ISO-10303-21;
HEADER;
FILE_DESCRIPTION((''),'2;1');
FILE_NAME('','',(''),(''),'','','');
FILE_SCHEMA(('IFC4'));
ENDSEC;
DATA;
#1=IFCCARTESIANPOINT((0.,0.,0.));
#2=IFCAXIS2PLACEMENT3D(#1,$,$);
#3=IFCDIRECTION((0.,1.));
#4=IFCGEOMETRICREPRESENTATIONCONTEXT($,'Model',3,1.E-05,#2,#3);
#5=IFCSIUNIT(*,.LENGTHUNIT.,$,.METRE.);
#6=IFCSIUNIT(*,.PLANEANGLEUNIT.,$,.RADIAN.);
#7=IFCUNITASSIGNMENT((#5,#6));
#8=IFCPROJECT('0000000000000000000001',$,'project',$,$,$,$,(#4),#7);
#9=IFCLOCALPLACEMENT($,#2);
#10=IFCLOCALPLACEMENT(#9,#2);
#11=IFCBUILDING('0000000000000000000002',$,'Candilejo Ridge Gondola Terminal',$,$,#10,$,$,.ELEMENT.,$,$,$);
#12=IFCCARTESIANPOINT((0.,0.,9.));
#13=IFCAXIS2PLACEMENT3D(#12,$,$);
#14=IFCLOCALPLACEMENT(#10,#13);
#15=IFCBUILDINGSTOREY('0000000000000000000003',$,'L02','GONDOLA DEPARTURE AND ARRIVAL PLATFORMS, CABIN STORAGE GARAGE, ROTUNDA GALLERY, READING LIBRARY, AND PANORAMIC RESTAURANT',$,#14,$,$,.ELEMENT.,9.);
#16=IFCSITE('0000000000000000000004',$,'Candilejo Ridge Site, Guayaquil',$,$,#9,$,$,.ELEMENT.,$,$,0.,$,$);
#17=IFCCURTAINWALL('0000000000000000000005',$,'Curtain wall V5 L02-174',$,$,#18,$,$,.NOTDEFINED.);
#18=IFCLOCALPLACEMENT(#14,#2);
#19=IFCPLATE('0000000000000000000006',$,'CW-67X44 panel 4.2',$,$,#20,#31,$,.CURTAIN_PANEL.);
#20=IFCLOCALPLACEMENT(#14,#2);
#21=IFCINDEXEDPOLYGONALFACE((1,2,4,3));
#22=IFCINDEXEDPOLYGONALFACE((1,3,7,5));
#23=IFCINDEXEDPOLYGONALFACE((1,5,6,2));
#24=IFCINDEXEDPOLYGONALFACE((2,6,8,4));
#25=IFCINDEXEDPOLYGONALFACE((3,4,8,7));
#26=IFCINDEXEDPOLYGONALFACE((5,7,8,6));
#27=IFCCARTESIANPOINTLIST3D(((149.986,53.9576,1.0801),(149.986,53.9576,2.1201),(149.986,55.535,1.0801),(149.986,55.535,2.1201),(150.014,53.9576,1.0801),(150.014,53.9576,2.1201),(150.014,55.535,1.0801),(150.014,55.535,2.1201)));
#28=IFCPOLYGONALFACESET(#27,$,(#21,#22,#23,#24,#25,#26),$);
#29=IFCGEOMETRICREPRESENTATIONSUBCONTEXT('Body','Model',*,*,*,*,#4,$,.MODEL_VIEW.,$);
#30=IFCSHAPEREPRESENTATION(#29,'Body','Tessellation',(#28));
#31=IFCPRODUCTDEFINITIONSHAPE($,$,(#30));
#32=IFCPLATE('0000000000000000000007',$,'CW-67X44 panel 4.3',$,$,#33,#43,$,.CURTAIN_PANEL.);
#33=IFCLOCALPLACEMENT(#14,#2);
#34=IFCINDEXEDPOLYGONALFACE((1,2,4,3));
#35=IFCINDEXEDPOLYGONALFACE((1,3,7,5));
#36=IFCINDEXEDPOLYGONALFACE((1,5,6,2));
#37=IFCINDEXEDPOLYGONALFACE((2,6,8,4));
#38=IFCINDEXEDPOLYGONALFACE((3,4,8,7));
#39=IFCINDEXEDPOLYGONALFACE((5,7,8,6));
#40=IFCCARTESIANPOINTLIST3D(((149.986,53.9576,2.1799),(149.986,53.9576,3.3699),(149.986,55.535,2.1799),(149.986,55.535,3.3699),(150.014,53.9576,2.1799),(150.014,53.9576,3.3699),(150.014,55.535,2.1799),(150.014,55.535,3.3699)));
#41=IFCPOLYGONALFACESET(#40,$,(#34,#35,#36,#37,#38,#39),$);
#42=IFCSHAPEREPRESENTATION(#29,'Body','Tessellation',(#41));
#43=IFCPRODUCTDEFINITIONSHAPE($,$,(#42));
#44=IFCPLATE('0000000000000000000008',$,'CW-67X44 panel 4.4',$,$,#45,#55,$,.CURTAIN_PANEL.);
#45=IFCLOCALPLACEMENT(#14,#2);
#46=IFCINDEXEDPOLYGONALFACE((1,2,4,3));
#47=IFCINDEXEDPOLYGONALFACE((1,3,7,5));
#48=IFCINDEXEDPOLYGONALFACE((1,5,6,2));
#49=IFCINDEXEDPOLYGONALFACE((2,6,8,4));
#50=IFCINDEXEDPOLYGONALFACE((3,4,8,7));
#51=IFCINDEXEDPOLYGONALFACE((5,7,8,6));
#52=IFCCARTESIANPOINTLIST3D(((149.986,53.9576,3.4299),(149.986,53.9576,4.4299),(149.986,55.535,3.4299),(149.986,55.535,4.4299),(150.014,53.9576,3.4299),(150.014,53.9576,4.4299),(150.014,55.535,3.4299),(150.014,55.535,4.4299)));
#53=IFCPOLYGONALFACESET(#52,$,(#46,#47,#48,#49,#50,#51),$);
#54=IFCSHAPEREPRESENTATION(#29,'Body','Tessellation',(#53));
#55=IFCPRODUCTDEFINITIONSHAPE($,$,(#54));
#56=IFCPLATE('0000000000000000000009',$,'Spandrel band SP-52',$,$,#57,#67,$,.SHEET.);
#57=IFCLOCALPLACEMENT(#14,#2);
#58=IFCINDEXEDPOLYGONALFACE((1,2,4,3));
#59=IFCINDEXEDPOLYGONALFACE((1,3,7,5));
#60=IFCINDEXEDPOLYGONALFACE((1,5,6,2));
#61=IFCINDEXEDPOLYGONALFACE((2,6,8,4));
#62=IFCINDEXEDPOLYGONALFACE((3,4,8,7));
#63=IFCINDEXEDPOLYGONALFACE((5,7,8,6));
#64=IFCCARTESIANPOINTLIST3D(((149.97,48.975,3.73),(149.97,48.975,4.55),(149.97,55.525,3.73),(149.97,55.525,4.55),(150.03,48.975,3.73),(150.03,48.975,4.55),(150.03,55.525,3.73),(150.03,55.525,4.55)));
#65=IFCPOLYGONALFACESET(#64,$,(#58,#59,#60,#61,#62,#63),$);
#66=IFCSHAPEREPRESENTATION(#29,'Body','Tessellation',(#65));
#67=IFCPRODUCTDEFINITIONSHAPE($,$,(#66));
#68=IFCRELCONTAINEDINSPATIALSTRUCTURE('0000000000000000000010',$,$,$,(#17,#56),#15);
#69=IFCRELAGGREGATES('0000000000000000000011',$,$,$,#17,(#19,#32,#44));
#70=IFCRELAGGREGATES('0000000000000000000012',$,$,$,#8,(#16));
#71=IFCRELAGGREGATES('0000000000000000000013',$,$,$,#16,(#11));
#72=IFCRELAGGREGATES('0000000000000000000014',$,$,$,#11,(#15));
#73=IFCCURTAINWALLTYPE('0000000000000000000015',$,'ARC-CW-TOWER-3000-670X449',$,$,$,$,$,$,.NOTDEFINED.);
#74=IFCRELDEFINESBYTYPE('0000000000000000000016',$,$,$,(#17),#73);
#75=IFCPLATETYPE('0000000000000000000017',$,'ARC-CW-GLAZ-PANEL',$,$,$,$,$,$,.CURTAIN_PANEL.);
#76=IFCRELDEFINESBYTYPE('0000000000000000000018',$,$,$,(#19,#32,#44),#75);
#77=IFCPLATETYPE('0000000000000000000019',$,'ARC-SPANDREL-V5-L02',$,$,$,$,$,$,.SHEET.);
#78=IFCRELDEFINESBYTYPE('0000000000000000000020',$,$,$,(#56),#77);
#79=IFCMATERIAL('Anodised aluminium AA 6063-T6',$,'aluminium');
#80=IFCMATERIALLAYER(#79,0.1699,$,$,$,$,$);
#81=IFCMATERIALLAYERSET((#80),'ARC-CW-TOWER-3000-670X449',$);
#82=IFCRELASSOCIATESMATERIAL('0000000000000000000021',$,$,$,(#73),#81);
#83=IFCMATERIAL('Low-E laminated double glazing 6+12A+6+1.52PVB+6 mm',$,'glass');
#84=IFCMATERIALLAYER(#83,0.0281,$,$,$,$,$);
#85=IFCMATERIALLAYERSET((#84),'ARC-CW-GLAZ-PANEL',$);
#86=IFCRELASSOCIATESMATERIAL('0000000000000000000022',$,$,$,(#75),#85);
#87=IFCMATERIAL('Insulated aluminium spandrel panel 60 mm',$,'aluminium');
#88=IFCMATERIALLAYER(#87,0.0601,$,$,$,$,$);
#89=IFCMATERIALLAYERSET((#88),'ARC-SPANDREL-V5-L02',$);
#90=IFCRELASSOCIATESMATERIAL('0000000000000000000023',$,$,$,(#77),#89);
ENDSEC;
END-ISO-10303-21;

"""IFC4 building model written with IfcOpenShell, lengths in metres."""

from ifc_helpers import new_model, si_unit, direction, frame, origin, origin_2d, place, context, subcontext, project, spatial, rectangle, extrude, material, layer, layer_set, type_object, element, aggregate, save


model = new_model("IFC4")

# Units and contexts
model_context = context("Model", 3, precision=1e-05, world=origin(), true_north=direction((0.0, 1.0)))
body_context = subcontext(model_context, "Body", "Model", "MODEL_VIEW")
ifc_project = project(units=[si_unit("LENGTHUNIT", "METRE"), si_unit("PLANEANGLEUNIT", "RADIAN")], contexts=[model_context])

# Site, building, storey
site_placement = place(None, origin())
site = spatial("IfcSite", under=ifc_project, at=site_placement, Name="Candilejo Ridge Site, Guayaquil", CompositionType="ELEMENT", RefElevation=0.0)
building_placement = place(site_placement, origin())
building = spatial("IfcBuilding", under=site, at=building_placement, Name="Candilejo Ridge Gondola Terminal", CompositionType="ELEMENT")
storey_placement = place(building_placement, frame((0.0, 0.0, 9.0)))
storey = spatial("IfcBuildingStorey", under=building, at=storey_placement, Name="L02", Description="GONDOLA DEPARTURE AND ARRIVAL PLATFORMS, CABIN STORAGE GARAGE, ROTUNDA GALLERY, READING LIBRARY, AND PANORAMIC RESTAURANT", CompositionType="ELEMENT", Elevation=9.0)

# Curtain wall
ifc_material_1 = material(Name="Anodised aluminium AA 6063-T6", Category="aluminium")
ifc_layer_1 = layer(ifc_material_1, 0.1699)
ifc_layer_set_1 = layer_set([ifc_layer_1], Name="ARC-CW-TOWER-3000-670X449")
curtain_wall_type = type_object("IfcCurtainWallType", Name="ARC-CW-TOWER-3000-670X449", PredefinedType="NOTDEFINED", material=ifc_layer_set_1)
curtain_wall_placement = place(storey_placement, origin())
curtain_wall = element("IfcCurtainWall", 1, at=curtain_wall_placement, inside=storey, type_object=curtain_wall_type, Name="Curtain wall V5 L02-174", PredefinedType="NOTDEFINED")

# Plates
ifc_material_2 = material(Name="Low-E laminated double glazing 6+12A+6+1.52PVB+6 mm", Category="glass")
ifc_layer_2 = layer(ifc_material_2, 0.0281)
ifc_layer_set_2 = layer_set([ifc_layer_2], Name="ARC-CW-GLAZ-PANEL")
plate_type_1 = type_object("IfcPlateType", Name="ARC-CW-GLAZ-PANEL", PredefinedType="CURTAIN_PANEL", material=ifc_layer_set_2)
plate_1_placement = place(storey_placement, frame((150.0, 54.7463, 1.0801), z_axis=(0.0, 0.0, 1.0), x_axis=(0.0, 1.0, 0.0)))
plate_1 = element("IfcPlate", 2, at=plate_1_placement, type_object=plate_type_1, Name="CW-67X44 panel 4.2", PredefinedType="CURTAIN_PANEL", context=body_context, shape_type="SweptSolid", body=[
    extrude(rectangle(XDim=1.5774, YDim=0.0281, at=origin_2d()), origin(), (0.0, 0.0, 1.0), 1.04),
])
plate_2_placement = place(storey_placement, frame((150.0, 54.7463, 2.1799), z_axis=(0.0, 0.0, 1.0), x_axis=(0.0, 1.0, 0.0)))
plate_2 = element("IfcPlate", 3, at=plate_2_placement, type_object=plate_type_1, Name="CW-67X44 panel 4.3", PredefinedType="CURTAIN_PANEL", context=body_context, shape_type="SweptSolid", body=[
    extrude(rectangle(XDim=1.5774, YDim=0.0281, at=origin_2d()), origin(), (0.0, 0.0, 1.0), 1.1899),
])
plate_3_placement = place(storey_placement, frame((150.0, 54.7463, 3.4299), z_axis=(0.0, 0.0, 1.0), x_axis=(0.0, 1.0, 0.0)))
plate_3 = element("IfcPlate", 4, at=plate_3_placement, type_object=plate_type_1, Name="CW-67X44 panel 4.4", PredefinedType="CURTAIN_PANEL", context=body_context, shape_type="SweptSolid", body=[
    extrude(rectangle(XDim=1.5774, YDim=0.0281, at=origin_2d()), origin(), (0.0, 0.0, 1.0), 1.0),
])
aggregate(curtain_wall, [plate_1, plate_2, plate_3])
ifc_material_3 = material(Name="Insulated aluminium spandrel panel 60 mm", Category="aluminium")
ifc_layer_3 = layer(ifc_material_3, 0.0601)
ifc_layer_set_3 = layer_set([ifc_layer_3], Name="ARC-SPANDREL-V5-L02")
plate_type_2 = type_object("IfcPlateType", Name="ARC-SPANDREL-V5-L02", PredefinedType="SHEET", material=ifc_layer_set_3)
plate_4_placement = place(storey_placement, frame((150.0, 52.25, 3.73), z_axis=(0.0, 0.0, 1.0), x_axis=(0.0, 1.0, 0.0)))
element("IfcPlate", 5, at=plate_4_placement, inside=storey, type_object=plate_type_2, Name="Spandrel band SP-52", PredefinedType="SHEET", context=body_context, shape_type="SweptSolid", body=[
    extrude(rectangle(XDim=6.55, YDim=0.0601, at=origin_2d()), origin(), (0.0, 0.0, 1.0), 0.8201),
])

save(model, "model.ifc")
